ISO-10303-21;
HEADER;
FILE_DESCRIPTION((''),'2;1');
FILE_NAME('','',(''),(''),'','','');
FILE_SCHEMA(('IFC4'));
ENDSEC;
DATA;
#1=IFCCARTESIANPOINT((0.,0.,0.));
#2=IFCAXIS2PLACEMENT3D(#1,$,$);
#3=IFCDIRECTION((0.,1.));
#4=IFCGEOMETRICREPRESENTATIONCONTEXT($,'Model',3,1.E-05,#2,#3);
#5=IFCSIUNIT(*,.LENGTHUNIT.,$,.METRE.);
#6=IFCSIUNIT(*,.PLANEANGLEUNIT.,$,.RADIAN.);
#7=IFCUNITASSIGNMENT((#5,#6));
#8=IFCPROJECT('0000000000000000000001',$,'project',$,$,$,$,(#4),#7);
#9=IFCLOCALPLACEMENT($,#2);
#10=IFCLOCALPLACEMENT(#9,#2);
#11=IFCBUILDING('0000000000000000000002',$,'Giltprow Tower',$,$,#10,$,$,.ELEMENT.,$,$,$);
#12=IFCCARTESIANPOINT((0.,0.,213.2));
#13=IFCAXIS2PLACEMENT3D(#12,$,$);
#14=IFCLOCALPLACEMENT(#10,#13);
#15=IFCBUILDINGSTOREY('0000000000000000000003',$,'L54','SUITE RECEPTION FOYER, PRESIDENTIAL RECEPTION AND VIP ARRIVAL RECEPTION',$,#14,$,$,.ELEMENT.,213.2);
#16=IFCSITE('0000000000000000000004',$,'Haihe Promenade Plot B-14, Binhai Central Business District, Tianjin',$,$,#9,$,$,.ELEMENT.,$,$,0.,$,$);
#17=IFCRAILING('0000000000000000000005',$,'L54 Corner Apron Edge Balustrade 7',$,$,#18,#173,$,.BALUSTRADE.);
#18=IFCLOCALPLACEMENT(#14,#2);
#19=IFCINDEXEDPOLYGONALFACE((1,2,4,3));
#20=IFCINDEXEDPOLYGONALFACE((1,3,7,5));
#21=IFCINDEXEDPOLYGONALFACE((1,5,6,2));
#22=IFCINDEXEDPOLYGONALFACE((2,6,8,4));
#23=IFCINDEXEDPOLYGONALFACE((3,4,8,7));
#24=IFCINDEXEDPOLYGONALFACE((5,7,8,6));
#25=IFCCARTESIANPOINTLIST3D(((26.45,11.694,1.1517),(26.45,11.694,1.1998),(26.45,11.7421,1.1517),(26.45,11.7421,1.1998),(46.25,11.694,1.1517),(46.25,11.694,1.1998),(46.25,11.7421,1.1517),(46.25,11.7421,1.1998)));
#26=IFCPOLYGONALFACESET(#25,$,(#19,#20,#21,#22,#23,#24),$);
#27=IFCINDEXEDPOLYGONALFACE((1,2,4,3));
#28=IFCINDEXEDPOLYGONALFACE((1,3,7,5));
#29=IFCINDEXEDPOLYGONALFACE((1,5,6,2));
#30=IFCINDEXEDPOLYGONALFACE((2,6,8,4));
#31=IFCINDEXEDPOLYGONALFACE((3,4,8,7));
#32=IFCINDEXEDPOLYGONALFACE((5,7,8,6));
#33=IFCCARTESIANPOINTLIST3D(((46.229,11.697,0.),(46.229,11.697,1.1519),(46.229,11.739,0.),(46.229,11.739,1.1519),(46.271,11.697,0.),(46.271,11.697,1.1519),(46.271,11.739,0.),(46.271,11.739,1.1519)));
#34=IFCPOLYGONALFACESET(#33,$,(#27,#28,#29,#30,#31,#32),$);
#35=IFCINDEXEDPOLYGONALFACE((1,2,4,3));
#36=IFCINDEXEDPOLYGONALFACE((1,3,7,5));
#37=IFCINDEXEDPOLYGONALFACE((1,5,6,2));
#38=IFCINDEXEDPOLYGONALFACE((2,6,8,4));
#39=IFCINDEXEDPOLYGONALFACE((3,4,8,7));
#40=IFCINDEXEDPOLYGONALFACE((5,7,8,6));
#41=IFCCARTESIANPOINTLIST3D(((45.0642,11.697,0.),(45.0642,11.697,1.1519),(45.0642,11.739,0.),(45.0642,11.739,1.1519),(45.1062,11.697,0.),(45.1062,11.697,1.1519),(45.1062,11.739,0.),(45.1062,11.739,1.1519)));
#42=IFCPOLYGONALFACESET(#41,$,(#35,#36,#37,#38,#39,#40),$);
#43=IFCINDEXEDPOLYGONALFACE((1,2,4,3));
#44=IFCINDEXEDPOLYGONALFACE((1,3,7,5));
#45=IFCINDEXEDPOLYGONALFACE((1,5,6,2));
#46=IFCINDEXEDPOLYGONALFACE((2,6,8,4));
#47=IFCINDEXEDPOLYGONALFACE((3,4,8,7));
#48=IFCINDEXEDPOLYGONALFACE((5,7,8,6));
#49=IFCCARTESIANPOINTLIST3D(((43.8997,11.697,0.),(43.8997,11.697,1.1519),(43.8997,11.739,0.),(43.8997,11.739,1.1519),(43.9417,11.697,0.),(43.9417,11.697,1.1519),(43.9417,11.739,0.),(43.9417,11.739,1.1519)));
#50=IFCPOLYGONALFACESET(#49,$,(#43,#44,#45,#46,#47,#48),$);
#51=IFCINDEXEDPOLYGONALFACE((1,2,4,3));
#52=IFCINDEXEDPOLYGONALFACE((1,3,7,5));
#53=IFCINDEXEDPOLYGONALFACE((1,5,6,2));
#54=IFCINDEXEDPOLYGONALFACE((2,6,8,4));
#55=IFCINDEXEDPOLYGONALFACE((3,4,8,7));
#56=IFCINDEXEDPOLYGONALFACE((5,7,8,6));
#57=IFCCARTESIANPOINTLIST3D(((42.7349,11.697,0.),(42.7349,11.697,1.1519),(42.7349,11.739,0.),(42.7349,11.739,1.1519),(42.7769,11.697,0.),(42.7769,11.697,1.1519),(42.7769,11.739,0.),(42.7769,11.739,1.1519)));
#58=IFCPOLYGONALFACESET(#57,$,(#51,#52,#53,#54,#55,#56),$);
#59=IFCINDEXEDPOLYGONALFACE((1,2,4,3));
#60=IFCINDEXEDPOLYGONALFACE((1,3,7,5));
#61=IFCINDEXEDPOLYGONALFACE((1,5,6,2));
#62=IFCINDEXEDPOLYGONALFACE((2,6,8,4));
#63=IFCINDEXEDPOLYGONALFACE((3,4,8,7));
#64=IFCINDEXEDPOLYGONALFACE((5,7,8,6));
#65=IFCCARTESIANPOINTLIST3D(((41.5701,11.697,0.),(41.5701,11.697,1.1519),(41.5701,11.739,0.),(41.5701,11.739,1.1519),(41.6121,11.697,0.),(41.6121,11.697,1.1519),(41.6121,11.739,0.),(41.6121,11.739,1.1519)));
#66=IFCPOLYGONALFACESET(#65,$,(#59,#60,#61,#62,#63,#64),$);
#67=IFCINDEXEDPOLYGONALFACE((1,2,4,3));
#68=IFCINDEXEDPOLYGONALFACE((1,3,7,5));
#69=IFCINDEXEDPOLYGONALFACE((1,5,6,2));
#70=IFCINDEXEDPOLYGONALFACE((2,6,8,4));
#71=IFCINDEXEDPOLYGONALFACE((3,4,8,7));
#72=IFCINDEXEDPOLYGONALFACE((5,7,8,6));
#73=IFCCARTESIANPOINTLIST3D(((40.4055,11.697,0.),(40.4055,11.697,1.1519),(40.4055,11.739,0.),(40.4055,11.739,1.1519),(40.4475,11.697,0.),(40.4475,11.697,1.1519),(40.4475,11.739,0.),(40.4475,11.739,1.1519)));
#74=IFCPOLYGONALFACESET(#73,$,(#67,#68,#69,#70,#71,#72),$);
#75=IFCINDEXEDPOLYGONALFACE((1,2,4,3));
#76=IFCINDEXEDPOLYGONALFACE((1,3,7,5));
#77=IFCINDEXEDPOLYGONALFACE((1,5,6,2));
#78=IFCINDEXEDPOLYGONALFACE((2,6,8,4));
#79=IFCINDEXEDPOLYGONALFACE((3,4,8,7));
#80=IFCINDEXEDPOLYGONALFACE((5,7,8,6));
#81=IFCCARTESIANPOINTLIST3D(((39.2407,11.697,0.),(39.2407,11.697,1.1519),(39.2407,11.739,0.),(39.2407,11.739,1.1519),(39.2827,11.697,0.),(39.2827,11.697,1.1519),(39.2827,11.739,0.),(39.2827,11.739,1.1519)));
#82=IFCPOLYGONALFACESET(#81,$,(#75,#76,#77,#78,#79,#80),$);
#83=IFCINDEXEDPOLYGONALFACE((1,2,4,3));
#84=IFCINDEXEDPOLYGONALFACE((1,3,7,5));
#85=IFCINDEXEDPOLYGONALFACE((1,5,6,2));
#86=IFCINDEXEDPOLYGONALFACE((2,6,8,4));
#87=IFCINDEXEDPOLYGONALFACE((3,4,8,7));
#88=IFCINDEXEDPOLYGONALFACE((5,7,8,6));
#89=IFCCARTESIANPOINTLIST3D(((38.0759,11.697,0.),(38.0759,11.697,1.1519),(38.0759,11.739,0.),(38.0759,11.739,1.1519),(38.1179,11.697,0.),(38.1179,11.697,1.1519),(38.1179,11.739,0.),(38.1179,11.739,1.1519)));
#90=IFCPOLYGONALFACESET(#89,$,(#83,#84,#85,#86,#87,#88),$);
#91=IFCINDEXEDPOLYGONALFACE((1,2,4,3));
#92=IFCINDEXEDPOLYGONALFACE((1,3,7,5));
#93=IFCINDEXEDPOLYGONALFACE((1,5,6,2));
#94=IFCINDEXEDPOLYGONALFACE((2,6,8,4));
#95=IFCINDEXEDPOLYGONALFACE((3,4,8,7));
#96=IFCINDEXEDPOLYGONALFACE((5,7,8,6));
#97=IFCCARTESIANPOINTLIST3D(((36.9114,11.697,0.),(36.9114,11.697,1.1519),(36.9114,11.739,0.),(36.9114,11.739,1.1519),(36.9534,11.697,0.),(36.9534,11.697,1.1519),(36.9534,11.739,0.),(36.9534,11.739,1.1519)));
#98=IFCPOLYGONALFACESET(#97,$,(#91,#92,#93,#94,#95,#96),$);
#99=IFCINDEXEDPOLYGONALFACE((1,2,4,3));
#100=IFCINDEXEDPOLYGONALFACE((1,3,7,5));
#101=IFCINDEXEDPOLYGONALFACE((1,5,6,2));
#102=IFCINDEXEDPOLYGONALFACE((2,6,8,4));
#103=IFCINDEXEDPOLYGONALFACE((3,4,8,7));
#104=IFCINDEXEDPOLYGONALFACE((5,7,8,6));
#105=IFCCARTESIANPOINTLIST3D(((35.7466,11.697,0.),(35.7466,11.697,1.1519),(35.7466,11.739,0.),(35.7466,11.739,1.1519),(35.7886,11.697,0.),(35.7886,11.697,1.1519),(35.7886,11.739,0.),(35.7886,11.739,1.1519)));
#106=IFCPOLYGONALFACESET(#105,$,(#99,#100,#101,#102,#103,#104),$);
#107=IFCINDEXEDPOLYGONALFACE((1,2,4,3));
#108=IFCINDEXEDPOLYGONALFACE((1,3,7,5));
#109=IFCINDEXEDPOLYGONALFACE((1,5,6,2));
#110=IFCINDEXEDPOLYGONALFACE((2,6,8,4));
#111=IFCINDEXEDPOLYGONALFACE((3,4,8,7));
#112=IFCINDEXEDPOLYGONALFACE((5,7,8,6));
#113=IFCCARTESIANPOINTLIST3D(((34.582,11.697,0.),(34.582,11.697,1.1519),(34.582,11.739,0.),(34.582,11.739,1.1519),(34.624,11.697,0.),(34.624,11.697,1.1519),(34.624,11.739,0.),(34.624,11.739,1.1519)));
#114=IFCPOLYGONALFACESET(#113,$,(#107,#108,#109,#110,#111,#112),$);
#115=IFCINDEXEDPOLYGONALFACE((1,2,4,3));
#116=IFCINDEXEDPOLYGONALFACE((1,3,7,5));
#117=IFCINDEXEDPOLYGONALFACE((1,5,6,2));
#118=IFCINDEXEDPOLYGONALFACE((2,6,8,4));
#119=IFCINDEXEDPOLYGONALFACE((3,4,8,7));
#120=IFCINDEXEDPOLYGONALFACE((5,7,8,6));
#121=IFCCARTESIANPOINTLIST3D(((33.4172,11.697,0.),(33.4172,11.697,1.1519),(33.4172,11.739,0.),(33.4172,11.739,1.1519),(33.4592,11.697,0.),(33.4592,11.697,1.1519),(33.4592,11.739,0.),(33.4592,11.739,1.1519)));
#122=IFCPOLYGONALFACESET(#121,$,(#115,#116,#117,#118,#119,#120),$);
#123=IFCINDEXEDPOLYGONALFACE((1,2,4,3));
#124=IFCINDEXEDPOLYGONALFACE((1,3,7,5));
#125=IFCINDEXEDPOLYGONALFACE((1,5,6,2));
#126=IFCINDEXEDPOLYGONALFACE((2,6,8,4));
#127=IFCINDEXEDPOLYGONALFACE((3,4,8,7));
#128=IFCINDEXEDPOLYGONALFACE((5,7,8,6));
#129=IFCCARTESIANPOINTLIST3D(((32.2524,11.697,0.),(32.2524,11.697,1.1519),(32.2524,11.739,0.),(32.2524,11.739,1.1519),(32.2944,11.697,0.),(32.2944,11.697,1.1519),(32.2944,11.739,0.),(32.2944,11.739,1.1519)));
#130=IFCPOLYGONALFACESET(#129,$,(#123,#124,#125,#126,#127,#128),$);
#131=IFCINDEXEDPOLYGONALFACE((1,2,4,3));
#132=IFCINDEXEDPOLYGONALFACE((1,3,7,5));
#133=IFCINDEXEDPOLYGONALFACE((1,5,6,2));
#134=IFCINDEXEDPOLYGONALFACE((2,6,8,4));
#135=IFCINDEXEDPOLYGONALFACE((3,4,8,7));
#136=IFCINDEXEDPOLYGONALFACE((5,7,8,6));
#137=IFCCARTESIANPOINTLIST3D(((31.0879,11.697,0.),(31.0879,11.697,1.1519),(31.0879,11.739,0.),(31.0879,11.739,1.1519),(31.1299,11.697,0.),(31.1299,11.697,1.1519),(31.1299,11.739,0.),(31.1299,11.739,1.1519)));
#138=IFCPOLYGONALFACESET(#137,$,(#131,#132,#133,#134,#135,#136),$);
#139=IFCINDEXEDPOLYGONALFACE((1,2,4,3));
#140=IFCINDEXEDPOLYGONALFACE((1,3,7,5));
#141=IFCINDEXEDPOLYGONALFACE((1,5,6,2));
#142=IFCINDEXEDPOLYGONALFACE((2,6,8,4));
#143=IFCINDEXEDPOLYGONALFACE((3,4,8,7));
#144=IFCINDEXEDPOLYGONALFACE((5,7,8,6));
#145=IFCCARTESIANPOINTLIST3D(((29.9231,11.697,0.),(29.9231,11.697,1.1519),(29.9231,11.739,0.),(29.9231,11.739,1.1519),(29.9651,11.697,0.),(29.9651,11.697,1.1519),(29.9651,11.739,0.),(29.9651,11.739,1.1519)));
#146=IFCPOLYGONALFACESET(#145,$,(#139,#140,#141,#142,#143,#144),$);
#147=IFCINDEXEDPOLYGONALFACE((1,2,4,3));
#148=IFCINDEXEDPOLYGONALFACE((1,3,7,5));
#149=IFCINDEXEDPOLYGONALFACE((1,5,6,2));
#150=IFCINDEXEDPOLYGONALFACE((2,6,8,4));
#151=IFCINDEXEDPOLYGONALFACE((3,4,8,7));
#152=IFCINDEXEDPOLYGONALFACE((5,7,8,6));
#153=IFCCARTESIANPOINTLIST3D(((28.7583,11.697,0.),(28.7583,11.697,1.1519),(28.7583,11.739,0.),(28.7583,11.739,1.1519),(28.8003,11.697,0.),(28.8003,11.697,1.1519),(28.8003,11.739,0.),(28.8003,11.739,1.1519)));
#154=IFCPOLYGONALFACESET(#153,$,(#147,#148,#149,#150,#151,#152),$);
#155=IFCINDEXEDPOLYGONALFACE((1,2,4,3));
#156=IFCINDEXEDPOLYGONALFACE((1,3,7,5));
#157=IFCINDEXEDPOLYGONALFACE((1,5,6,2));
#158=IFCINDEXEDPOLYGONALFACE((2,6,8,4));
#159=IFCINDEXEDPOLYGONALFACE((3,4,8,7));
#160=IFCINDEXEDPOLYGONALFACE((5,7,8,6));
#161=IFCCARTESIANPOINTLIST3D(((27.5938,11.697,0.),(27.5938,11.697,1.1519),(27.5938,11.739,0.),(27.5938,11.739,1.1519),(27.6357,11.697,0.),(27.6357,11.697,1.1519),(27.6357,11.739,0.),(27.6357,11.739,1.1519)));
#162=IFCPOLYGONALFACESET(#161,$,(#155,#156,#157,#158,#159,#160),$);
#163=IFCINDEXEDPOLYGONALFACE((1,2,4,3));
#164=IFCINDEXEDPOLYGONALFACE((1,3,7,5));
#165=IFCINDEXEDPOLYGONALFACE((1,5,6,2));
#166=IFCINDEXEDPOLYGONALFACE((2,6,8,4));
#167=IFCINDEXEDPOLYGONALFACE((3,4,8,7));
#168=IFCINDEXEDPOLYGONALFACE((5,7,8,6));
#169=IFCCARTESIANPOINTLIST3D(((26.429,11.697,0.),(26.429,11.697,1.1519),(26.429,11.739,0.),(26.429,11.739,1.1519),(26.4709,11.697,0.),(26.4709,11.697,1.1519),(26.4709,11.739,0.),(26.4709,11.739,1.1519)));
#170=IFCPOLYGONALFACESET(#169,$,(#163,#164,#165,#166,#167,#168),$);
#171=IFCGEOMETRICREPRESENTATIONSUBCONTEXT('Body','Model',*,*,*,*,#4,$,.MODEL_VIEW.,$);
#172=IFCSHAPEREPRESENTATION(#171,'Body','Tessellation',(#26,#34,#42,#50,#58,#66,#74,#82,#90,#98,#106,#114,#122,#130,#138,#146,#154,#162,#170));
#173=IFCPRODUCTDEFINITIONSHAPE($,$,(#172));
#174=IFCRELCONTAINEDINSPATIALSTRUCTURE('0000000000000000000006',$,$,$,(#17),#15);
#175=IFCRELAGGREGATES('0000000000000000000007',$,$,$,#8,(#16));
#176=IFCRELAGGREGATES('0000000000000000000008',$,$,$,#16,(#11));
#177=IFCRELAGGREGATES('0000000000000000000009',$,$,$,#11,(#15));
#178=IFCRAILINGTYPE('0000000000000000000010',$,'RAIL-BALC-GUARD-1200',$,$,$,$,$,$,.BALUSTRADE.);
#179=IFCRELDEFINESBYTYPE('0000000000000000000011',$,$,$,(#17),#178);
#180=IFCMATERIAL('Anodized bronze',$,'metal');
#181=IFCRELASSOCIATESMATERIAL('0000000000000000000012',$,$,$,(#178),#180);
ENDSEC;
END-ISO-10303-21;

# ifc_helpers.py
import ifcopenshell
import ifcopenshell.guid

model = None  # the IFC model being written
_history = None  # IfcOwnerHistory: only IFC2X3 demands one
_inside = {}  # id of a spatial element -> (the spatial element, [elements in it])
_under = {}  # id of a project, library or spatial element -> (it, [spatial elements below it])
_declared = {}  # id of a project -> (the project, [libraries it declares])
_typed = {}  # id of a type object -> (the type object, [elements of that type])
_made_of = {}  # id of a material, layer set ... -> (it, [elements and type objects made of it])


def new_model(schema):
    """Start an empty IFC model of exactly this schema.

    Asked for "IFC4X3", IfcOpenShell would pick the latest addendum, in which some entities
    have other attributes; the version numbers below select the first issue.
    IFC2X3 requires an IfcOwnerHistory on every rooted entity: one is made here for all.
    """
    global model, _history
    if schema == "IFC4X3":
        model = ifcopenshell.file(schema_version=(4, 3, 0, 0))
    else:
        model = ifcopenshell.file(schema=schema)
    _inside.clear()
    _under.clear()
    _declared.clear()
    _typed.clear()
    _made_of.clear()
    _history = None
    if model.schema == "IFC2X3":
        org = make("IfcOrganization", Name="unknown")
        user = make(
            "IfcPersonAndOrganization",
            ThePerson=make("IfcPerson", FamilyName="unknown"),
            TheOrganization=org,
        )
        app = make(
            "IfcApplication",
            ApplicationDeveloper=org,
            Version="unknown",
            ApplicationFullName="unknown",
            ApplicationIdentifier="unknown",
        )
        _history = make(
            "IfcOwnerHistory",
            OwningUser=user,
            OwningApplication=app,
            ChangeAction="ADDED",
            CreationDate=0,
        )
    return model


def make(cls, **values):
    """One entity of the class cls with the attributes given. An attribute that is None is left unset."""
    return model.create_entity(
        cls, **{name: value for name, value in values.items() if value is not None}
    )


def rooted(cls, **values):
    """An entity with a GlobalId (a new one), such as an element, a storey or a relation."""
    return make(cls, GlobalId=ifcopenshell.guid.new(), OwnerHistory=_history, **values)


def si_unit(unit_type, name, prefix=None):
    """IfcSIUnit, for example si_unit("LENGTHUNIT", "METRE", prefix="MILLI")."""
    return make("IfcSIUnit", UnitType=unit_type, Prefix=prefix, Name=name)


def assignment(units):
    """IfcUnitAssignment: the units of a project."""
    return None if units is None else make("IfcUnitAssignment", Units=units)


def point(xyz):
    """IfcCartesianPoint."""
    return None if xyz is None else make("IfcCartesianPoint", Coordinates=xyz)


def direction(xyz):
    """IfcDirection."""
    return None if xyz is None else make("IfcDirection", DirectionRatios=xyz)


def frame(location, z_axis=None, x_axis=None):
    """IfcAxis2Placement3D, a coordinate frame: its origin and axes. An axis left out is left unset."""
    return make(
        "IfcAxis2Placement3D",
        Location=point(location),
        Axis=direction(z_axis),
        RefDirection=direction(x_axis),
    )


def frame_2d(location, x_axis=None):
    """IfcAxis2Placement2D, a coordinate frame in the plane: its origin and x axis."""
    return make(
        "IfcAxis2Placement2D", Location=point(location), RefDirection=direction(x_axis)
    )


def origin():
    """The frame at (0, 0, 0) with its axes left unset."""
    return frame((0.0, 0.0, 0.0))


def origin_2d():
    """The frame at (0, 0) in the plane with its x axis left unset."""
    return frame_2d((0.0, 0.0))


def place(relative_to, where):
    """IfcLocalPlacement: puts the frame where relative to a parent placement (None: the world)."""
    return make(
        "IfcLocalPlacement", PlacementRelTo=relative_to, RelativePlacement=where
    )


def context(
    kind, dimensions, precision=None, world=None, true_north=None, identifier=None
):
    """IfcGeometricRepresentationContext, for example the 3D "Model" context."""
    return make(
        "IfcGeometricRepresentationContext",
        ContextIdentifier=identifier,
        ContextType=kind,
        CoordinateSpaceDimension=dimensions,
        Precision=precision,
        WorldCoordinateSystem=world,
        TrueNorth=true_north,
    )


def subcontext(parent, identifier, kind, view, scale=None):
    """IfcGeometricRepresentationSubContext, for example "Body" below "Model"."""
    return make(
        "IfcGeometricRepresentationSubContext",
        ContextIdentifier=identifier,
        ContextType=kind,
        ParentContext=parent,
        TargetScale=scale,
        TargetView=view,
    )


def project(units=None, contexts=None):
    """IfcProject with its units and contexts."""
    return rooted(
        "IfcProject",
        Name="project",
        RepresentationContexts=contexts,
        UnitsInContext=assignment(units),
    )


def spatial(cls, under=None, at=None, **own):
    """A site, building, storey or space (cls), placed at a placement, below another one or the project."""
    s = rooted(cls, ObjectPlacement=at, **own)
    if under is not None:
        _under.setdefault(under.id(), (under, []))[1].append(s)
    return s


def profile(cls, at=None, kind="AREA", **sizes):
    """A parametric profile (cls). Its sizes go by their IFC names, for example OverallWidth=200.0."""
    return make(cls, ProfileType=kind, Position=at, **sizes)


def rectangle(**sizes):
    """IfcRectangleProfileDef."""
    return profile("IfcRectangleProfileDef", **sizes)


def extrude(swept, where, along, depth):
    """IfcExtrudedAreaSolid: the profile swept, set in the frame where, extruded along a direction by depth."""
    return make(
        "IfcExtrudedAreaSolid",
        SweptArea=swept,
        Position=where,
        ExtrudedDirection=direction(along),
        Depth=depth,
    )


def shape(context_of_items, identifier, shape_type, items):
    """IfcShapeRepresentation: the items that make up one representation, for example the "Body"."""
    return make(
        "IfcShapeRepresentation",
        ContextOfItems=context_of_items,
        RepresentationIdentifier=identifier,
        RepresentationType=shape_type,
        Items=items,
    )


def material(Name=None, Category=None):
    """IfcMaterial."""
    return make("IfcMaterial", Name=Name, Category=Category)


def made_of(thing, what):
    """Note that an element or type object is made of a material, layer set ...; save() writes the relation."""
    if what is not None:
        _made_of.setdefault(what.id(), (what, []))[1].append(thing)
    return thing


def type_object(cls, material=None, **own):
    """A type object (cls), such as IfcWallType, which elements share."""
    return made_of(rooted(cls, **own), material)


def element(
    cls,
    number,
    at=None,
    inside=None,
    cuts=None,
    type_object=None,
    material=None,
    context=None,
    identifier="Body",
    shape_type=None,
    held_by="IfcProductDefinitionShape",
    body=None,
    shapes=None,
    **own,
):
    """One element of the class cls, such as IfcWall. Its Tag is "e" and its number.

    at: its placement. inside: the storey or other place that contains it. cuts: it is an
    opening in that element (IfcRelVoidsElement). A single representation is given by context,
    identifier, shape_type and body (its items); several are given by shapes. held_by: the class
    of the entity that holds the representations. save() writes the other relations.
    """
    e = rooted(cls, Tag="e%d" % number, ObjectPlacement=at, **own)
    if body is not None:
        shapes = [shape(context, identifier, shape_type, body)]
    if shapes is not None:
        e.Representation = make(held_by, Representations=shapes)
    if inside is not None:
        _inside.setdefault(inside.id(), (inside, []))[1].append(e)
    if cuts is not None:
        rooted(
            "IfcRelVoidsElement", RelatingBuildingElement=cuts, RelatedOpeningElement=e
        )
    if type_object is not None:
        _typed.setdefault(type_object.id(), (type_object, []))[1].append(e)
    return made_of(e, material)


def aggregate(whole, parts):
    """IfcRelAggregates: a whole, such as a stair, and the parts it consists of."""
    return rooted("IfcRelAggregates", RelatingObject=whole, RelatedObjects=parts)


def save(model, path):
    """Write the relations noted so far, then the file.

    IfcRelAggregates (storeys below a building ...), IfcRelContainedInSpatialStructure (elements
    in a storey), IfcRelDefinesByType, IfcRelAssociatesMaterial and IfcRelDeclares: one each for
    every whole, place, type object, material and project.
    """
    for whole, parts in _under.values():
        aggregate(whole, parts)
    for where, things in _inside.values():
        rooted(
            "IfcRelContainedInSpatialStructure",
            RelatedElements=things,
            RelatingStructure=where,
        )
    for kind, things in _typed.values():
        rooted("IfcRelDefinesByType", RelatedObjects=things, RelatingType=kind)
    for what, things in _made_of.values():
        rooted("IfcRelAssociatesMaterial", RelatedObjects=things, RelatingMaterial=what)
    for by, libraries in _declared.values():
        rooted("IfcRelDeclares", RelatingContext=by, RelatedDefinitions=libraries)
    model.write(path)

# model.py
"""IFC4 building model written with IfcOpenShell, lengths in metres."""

from ifc_helpers import new_model, si_unit, direction, frame, origin, origin_2d, place, context, subcontext, project, spatial, rectangle, extrude, material, type_object, element, save


model = new_model("IFC4")

# Units and contexts
model_context = context("Model", 3, precision=1e-05, world=origin(), true_north=direction((0.0, 1.0)))
body_context = subcontext(model_context, "Body", "Model", "MODEL_VIEW")
ifc_project = project(units=[si_unit("LENGTHUNIT", "METRE"), si_unit("PLANEANGLEUNIT", "RADIAN")], contexts=[model_context])

# Site, building, storey
site_placement = place(None, origin())
site = spatial("IfcSite", under=ifc_project, at=site_placement, Name="Haihe Promenade Plot B-14, Binhai Central Business District, Tianjin", CompositionType="ELEMENT", RefElevation=0.0)
building_placement = place(site_placement, origin())
building = spatial("IfcBuilding", under=site, at=building_placement, Name="Giltprow Tower", CompositionType="ELEMENT")
storey_placement = place(building_placement, frame((0.0, 0.0, 213.2)))
storey = spatial("IfcBuildingStorey", under=building, at=storey_placement, Name="L54", Description="SUITE RECEPTION FOYER, PRESIDENTIAL RECEPTION AND VIP ARRIVAL RECEPTION", CompositionType="ELEMENT", Elevation=213.2)

# Shared definitions
ifc_material_1 = material(Name="Anodized bronze", Category="metal")

# Railing
railing_type = type_object("IfcRailingType", Name="RAIL-BALC-GUARD-1200", PredefinedType="BALUSTRADE", material=ifc_material_1)
railing_1_placement = place(storey_placement, frame((46.25, 11.718, 0.0)))
element("IfcRailing", 1, at=railing_1_placement, inside=storey, type_object=railing_type, Name="L54 Corner Apron Edge Balustrade 7", PredefinedType="BALUSTRADE", context=body_context, shape_type="SweptSolid", body=[
    extrude(rectangle(XDim=0.0481, YDim=0.0481, at=origin_2d()), frame((0.0, 0.0, 1.1758), z_axis=(-1.0, 0.0, 0.0), x_axis=(0.0, -1.0, 0.0)), (0.0, 0.0, 1.0), 19.8),
    extrude(rectangle(XDim=0.042, YDim=0.042, at=origin_2d()), origin(), (0.0, 0.0, 1.0), 1.1519),
    extrude(rectangle(XDim=0.042, YDim=0.042, at=origin_2d()), frame((-1.1648, 0.0, 0.0)), (0.0, 0.0, 1.0), 1.1519),
    extrude(rectangle(XDim=0.042, YDim=0.042, at=origin_2d()), frame((-2.3293, 0.0, 0.0)), (0.0, 0.0, 1.0), 1.1519),
    extrude(rectangle(XDim=0.042, YDim=0.042, at=origin_2d()), frame((-3.4941, 0.0, 0.0)), (0.0, 0.0, 1.0), 1.1519),
    extrude(rectangle(XDim=0.042, YDim=0.042, at=origin_2d()), frame((-4.6589, 0.0, 0.0)), (0.0, 0.0, 1.0), 1.1519),
    extrude(rectangle(XDim=0.042, YDim=0.042, at=origin_2d()), frame((-5.8235, 0.0, 0.0)), (0.0, 0.0, 1.0), 1.1519),
    extrude(rectangle(XDim=0.042, YDim=0.042, at=origin_2d()), frame((-6.9883, 0.0, 0.0)), (0.0, 0.0, 1.0), 1.1519),
    extrude(rectangle(XDim=0.042, YDim=0.042, at=origin_2d()), frame((-8.1531, 0.0, 0.0)), (0.0, 0.0, 1.0), 1.1519),
    extrude(rectangle(XDim=0.042, YDim=0.042, at=origin_2d()), frame((-9.3176, 0.0, 0.0)), (0.0, 0.0, 1.0), 1.1519),
    extrude(rectangle(XDim=0.042, YDim=0.042, at=origin_2d()), frame((-10.4824, 0.0, 0.0)), (0.0, 0.0, 1.0), 1.1519),
    extrude(rectangle(XDim=0.042, YDim=0.042, at=origin_2d()), frame((-11.647, 0.0, 0.0)), (0.0, 0.0, 1.0), 1.1519),
    extrude(rectangle(XDim=0.042, YDim=0.042, at=origin_2d()), frame((-12.8118, 0.0, 0.0)), (0.0, 0.0, 1.0), 1.1519),
    extrude(rectangle(XDim=0.042, YDim=0.042, at=origin_2d()), frame((-13.9766, 0.0, 0.0)), (0.0, 0.0, 1.0), 1.1519),
    extrude(rectangle(XDim=0.042, YDim=0.042, at=origin_2d()), frame((-15.1411, 0.0, 0.0)), (0.0, 0.0, 1.0), 1.1519),
    extrude(rectangle(XDim=0.042, YDim=0.042, at=origin_2d()), frame((-16.3059, 0.0, 0.0)), (0.0, 0.0, 1.0), 1.1519),
    extrude(rectangle(XDim=0.042, YDim=0.042, at=origin_2d()), frame((-17.4707, 0.0, 0.0)), (0.0, 0.0, 1.0), 1.1519),
    extrude(rectangle(XDim=0.042, YDim=0.042, at=origin_2d()), frame((-18.6353, 0.0, 0.0)), (0.0, 0.0, 1.0), 1.1519),
    extrude(rectangle(XDim=0.042, YDim=0.042, at=origin_2d()), frame((-19.8, 0.0, 0.0)), (0.0, 0.0, 1.0), 1.1519),
])

save(model, "model.ifc")
